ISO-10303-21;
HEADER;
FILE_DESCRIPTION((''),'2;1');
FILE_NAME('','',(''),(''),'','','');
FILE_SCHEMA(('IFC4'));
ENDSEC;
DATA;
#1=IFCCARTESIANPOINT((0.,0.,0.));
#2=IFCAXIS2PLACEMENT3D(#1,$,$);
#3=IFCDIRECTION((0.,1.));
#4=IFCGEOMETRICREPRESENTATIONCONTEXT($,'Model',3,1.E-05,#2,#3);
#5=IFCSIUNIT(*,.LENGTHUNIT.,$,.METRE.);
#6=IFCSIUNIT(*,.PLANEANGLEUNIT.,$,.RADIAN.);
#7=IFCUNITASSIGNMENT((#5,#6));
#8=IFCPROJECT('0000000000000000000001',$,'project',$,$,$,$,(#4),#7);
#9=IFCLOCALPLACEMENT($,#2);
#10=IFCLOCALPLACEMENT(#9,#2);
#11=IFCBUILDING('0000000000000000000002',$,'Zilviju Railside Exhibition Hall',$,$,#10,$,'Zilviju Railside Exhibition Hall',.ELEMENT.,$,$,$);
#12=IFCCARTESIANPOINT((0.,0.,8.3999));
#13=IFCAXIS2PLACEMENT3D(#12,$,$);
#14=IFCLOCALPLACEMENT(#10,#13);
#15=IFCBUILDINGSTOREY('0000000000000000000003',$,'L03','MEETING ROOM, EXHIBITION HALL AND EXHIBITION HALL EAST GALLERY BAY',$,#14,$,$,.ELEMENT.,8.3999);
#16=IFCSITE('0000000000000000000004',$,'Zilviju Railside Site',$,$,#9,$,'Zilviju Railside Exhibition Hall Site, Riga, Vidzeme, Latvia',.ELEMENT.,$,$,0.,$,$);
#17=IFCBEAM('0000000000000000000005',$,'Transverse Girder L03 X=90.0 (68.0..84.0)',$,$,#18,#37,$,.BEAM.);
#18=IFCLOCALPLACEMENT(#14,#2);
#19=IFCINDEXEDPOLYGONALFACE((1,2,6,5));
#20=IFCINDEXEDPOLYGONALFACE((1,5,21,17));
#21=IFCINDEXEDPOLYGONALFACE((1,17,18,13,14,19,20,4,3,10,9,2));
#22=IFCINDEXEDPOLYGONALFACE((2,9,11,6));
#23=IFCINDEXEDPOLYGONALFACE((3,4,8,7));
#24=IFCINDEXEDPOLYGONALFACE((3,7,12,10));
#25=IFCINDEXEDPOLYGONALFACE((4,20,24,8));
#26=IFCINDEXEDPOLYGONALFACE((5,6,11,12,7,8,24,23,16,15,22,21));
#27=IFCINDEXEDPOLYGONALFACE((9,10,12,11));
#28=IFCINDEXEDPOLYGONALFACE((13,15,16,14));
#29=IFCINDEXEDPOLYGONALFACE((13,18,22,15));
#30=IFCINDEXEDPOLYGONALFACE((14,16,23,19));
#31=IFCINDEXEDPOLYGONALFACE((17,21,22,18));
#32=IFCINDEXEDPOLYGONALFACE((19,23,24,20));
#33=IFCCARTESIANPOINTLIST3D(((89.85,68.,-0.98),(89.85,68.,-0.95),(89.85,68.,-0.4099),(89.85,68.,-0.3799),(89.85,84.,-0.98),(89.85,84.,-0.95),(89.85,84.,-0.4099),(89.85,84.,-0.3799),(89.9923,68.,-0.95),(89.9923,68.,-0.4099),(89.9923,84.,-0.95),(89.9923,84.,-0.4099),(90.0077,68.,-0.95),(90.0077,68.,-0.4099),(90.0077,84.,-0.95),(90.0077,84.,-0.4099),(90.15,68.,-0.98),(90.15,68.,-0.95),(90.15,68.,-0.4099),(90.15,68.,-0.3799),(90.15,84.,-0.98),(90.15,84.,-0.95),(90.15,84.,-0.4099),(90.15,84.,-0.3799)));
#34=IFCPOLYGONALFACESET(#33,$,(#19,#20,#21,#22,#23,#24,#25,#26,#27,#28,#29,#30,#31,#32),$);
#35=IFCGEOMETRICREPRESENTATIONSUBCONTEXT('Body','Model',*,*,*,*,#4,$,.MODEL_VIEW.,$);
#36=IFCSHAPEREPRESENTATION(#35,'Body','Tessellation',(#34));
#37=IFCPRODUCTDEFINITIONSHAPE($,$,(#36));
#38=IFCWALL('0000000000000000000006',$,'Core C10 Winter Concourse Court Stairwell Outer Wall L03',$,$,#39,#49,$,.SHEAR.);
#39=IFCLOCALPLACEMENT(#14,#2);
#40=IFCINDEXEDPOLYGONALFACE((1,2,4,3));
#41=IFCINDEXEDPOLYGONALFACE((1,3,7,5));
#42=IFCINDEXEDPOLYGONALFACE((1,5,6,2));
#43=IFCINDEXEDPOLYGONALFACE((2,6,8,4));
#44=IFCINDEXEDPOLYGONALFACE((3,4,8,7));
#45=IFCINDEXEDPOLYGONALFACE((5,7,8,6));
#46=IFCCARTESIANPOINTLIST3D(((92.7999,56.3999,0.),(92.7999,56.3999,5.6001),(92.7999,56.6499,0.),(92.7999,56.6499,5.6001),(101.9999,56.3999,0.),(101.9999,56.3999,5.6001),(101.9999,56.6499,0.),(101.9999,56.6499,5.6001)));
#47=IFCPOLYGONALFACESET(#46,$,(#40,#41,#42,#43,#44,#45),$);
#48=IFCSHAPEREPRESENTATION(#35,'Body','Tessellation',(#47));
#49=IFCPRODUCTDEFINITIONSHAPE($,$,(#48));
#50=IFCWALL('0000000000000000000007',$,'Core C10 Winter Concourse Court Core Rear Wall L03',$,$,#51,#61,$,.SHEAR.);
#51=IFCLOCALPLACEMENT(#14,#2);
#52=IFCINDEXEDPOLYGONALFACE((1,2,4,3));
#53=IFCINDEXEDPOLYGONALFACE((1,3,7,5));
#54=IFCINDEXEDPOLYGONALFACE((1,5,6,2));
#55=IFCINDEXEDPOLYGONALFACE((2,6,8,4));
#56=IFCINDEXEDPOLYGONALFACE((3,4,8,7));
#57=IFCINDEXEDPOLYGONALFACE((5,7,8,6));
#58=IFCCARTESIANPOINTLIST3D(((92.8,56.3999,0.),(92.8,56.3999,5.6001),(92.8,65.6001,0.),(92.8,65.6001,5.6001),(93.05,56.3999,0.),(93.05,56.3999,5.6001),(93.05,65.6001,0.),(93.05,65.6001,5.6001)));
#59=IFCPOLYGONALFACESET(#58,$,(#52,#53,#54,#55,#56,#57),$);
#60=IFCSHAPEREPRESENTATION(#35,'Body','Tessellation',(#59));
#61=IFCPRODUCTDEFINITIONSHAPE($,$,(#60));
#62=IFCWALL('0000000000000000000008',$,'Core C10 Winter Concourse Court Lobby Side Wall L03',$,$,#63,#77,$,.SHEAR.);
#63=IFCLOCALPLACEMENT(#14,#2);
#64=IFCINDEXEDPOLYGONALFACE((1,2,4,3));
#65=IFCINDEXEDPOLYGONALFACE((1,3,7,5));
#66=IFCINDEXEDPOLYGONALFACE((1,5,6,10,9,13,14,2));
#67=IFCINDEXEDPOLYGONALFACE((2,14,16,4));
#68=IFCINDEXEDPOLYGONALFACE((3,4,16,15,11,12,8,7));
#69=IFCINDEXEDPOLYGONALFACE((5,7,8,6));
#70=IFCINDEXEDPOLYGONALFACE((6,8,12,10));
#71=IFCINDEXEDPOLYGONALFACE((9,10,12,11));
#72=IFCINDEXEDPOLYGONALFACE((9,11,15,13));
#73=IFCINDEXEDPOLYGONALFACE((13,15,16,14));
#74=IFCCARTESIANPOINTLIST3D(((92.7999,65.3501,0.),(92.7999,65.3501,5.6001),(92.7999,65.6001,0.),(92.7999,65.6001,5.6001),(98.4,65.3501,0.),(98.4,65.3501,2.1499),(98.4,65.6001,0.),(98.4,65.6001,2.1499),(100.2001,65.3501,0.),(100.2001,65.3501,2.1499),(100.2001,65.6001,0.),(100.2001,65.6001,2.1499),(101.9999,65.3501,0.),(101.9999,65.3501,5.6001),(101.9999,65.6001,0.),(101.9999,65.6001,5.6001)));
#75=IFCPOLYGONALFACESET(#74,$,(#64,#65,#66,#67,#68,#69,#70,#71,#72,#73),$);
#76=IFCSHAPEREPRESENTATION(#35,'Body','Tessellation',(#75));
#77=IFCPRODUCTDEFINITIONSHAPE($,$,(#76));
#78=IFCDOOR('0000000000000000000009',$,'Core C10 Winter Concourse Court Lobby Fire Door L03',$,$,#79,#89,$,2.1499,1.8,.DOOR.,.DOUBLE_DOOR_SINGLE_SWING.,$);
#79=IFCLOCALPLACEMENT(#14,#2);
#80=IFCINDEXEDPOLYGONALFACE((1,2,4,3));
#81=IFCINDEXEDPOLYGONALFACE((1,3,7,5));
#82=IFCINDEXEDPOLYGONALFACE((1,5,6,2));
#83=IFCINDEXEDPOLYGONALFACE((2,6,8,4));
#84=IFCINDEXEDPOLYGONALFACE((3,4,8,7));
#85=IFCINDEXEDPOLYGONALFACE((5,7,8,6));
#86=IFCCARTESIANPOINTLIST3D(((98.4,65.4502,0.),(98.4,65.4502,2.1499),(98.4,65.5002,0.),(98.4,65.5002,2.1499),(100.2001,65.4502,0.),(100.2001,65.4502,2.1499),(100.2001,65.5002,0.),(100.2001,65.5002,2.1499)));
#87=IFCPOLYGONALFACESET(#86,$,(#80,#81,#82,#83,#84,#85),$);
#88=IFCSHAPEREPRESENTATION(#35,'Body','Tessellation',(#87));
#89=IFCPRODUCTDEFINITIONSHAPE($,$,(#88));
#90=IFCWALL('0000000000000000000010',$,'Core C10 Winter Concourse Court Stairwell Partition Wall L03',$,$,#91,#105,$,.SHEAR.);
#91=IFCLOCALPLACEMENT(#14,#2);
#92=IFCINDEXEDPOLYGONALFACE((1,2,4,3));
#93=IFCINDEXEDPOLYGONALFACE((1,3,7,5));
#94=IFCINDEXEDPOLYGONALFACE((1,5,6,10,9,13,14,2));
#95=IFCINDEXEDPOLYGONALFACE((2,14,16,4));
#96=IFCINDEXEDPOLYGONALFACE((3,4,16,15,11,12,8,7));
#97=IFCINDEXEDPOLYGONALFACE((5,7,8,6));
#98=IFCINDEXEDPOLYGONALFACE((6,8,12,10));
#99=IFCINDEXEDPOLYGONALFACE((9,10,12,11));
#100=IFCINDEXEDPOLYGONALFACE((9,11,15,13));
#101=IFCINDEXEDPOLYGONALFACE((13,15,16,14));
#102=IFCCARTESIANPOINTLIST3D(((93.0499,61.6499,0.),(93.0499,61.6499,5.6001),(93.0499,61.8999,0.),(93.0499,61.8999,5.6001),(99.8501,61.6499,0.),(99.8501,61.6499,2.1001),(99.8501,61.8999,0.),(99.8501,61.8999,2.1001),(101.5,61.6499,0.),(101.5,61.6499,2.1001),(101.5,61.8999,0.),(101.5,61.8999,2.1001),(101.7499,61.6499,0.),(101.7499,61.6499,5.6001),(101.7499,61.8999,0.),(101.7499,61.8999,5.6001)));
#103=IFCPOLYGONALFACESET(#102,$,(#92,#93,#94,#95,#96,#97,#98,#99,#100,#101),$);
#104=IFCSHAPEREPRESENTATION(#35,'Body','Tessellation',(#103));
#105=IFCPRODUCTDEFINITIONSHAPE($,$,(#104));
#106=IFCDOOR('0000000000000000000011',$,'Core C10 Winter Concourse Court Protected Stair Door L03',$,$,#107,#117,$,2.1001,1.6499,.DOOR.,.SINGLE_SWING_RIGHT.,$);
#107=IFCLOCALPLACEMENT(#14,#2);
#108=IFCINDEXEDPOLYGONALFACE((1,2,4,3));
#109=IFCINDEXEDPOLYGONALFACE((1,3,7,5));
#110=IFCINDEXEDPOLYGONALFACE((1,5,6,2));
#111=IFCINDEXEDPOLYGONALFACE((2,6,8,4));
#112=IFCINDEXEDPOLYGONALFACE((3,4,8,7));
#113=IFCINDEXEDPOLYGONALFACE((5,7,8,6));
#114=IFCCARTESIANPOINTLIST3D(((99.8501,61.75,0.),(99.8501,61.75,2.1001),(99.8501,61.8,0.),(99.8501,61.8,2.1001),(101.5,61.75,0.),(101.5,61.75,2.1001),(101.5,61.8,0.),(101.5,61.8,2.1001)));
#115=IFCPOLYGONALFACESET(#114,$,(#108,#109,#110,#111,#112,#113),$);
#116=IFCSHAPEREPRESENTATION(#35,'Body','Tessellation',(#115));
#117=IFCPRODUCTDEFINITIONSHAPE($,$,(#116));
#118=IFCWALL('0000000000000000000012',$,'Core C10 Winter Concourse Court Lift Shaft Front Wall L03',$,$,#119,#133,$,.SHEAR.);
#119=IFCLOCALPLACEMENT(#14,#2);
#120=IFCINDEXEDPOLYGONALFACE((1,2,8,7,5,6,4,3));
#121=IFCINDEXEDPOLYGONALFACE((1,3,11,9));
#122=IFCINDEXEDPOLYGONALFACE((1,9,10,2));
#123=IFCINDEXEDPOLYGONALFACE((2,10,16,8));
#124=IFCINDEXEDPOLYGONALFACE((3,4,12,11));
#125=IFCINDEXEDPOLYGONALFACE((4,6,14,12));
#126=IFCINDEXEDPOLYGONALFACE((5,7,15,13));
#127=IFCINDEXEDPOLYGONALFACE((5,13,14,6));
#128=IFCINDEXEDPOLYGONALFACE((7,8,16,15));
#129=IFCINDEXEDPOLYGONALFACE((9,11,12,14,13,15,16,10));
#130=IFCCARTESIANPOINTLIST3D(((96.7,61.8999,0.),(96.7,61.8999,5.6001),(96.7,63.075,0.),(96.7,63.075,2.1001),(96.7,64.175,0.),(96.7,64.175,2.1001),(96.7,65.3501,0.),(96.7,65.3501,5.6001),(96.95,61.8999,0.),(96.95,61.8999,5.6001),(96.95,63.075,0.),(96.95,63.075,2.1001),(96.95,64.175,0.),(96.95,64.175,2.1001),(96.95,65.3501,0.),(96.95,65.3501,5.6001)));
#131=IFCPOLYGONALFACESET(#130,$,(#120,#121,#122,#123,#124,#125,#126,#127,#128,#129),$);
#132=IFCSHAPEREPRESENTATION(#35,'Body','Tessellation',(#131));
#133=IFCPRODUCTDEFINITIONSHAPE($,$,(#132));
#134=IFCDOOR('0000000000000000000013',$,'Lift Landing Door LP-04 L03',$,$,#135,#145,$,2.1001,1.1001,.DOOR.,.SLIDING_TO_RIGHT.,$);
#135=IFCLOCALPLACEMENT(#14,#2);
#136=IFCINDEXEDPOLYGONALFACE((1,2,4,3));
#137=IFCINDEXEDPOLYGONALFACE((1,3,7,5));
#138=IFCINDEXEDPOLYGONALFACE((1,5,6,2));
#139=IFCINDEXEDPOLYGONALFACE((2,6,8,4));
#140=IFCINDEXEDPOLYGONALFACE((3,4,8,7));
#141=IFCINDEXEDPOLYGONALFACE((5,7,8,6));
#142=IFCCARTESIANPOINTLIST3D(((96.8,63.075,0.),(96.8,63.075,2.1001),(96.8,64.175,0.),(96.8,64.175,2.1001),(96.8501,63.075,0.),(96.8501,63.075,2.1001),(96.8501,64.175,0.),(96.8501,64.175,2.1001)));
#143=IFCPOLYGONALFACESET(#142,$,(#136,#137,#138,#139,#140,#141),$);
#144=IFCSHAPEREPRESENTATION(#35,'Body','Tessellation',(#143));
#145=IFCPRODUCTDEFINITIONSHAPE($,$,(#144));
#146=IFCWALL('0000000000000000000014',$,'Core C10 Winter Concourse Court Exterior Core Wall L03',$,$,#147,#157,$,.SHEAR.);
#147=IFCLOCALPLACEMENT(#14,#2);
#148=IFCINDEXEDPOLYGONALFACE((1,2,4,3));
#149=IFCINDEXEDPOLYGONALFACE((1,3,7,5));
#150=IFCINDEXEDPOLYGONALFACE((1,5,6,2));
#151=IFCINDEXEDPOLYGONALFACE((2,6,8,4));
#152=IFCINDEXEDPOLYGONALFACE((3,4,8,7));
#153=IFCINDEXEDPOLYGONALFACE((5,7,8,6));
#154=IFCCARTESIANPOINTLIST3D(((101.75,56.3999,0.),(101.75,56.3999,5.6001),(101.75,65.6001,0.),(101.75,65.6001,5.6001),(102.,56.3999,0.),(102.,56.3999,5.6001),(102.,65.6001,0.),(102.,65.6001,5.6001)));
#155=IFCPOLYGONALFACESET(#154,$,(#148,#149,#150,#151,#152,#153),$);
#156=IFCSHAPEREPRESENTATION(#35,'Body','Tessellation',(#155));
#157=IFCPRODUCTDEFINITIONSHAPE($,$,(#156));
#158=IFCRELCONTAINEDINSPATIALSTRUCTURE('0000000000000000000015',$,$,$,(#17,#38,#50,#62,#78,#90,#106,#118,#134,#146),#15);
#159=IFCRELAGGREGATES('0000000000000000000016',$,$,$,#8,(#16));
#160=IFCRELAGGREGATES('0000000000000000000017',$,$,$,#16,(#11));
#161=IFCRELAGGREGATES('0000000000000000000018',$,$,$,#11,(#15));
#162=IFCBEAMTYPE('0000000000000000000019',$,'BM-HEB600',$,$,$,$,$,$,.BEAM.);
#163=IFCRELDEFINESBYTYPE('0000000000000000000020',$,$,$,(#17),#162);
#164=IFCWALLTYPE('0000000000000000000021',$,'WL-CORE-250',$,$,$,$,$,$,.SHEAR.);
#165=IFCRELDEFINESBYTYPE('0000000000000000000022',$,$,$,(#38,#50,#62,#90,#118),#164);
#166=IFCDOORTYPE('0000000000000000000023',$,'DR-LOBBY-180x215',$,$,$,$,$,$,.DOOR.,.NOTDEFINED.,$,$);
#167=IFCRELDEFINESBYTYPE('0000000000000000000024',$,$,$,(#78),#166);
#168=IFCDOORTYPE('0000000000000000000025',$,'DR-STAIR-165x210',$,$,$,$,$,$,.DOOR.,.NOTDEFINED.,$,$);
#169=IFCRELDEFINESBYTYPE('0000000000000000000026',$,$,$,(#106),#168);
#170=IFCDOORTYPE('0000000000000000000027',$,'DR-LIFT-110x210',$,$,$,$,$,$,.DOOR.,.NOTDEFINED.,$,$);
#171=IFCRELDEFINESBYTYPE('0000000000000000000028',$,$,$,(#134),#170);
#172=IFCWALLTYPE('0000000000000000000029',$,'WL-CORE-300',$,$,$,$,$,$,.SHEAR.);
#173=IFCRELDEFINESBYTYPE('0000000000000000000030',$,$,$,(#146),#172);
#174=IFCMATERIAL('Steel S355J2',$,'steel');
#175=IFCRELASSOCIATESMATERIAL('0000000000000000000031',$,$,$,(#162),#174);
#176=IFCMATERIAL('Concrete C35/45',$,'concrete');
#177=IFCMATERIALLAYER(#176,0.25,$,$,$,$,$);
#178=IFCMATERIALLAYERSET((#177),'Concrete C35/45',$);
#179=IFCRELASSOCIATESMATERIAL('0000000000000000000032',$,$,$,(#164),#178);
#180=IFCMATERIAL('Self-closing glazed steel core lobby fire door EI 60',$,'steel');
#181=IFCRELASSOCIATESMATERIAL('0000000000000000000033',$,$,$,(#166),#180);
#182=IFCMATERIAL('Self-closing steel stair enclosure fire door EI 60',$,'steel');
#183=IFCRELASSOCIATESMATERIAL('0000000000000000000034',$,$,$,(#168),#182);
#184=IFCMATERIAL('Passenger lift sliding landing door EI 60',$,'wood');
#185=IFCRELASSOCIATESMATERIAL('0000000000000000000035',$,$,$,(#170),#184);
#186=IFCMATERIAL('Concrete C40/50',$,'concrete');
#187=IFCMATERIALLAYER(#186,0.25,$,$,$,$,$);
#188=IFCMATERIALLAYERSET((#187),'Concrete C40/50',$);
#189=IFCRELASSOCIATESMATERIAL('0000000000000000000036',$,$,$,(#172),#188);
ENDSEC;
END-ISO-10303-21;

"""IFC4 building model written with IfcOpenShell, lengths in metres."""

from ifc_helpers import new_model, si_unit, direction, frame, frame_2d, origin, origin_2d, place, context, subcontext, project, spatial, rectangle, i_section, extrude, material, layer, layer_set, material_profile, profile_set, type_object, element, fill, save


model = new_model("IFC4")

# Units and contexts
model_context = context("Model", 3, precision=1e-05, world=origin(), true_north=direction((0.0, 1.0)))
body_context = subcontext(model_context, "Body", "Model", "MODEL_VIEW")
ifc_project = project(units=[si_unit("LENGTHUNIT", "METRE"), si_unit("PLANEANGLEUNIT", "RADIAN")], contexts=[model_context])

# Site, building, storey
site_placement = place(None, origin())
site = spatial("IfcSite", under=ifc_project, at=site_placement, Name="Zilviju Railside Site", LongName="Zilviju Railside Exhibition Hall Site, Riga, Vidzeme, Latvia", CompositionType="ELEMENT", RefElevation=0.0)
building_placement = place(site_placement, origin())
building = spatial("IfcBuilding", under=site, at=building_placement, Name="Zilviju Railside Exhibition Hall", LongName="Zilviju Railside Exhibition Hall", CompositionType="ELEMENT")
storey_placement = place(building_placement, frame((0.0, 0.0, 8.3999)))
storey = spatial("IfcBuildingStorey", under=building, at=storey_placement, Name="L03", Description="MEETING ROOM, EXHIBITION HALL AND EXHIBITION HALL EAST GALLERY BAY", CompositionType="ELEMENT", Elevation=8.3999)

# Shared definitions
ifc_material_1 = material(Name="Steel S355J2", Category="steel")

# Beam
ifc_material_profile_1 = material_profile(ifc_material_1, i_section(OverallWidth=0.3, OverallDepth=0.6001, WebThickness=0.0154, FlangeThickness=0.03, at=origin_2d()), Name="HEB 600")
ifc_profile_set_1 = profile_set([ifc_material_profile_1], Name="Steel S355J2")
beam_type_1 = type_object("IfcBeamType", Name="BM-HEB600", PredefinedType="BEAM", material=ifc_profile_set_1)
beam_1_placement = place(storey_placement, frame((90.0, 68.0, -0.6799), z_axis=(0.0, 1.0, 0.0), x_axis=(-1.0, 0.0, 0.0)))
element("IfcBeam", 1, at=beam_1_placement, inside=storey, type_object=beam_type_1, Name="Transverse Girder L03 X=90.0 (68.0..84.0)", PredefinedType="BEAM", context=body_context, shape_type="SweptSolid", body=[
    extrude(i_section(OverallWidth=0.3, OverallDepth=0.6001, WebThickness=0.0154, FlangeThickness=0.03, at=origin_2d()), origin(), (0.0, 0.0, 1.0), 16.0),
])

# Walls
ifc_material_2 = material(Name="Concrete C35/45", Category="concrete")
ifc_layer_1 = layer(ifc_material_2, 0.25)
ifc_layer_set_1 = layer_set([ifc_layer_1], Name="Concrete C35/45")
wall_type_1 = type_object("IfcWallType", Name="WL-CORE-250", PredefinedType="SHEAR", material=ifc_layer_set_1)
wall_1_placement = place(storey_placement, frame((102.0, 56.5249, 0.0), z_axis=(0.0, 0.0, 1.0), x_axis=(-1.0, 0.0, 0.0)))
element("IfcWall", 2, at=wall_1_placement, inside=storey, type_object=wall_type_1, Name="Core C10 Winter Concourse Court Stairwell Outer Wall L03", PredefinedType="SHEAR", context=body_context, shape_type="SweptSolid", body=[
    extrude(rectangle(XDim=9.2, YDim=0.25, at=frame_2d((4.6001, 0.0))), origin(), (0.0, 0.0, 1.0), 5.6001),
])
wall_2_placement = place(storey_placement, frame((92.925, 56.3999, 0.0), z_axis=(0.0, 0.0, 1.0), x_axis=(0.0, 1.0, 0.0)))
element("IfcWall", 3, at=wall_2_placement, inside=storey, type_object=wall_type_1, Name="Core C10 Winter Concourse Court Core Rear Wall L03", PredefinedType="SHEAR", context=body_context, shape_type="SweptSolid", body=[
    extrude(rectangle(XDim=9.2002, YDim=0.25, at=frame_2d((4.6001, 0.0))), origin(), (0.0, 0.0, 1.0), 5.6001),
])

# Walls, openings, doors
wall_3_placement = place(storey_placement, frame((102.0, 65.4751, 0.0), z_axis=(0.0, 0.0, 1.0), x_axis=(-1.0, 0.0, 0.0)))
wall_3 = element("IfcWall", 4, at=wall_3_placement, inside=storey, type_object=wall_type_1, Name="Core C10 Winter Concourse Court Lobby Side Wall L03", PredefinedType="SHEAR", context=body_context, shape_type="SweptSolid", body=[
    extrude(rectangle(XDim=9.2, YDim=0.25, at=frame_2d((4.6001, 0.0))), origin(), (0.0, 0.0, 1.0), 5.6001),
])
opening_1_placement = place(wall_3_placement, frame((1.8, 0.0, 0.0)))
opening_1 = element("IfcOpeningElement", 5, at=opening_1_placement, cuts=wall_3, PredefinedType="OPENING", context=body_context, shape_type="SweptSolid", body=[
    extrude(rectangle(XDim=1.8, YDim=2.1499, at=frame_2d((0.8999, 1.075))), frame((0.0, 0.135, 0.0), z_axis=(0.0, -1.0, 0.0), x_axis=(1.0, 0.0, 0.0)), (0.0, 0.0, 1.0), 0.27),
])
ifc_material_3 = material(Name="Self-closing glazed steel core lobby fire door EI 60", Category="steel")
door_type_1 = type_object("IfcDoorType", Name="DR-LOBBY-180x215", OperationType="NOTDEFINED", PredefinedType="DOOR", material=ifc_material_3)
door_1_placement = place(opening_1_placement, origin())
door_1 = element("IfcDoor", 6, at=door_1_placement, inside=storey, type_object=door_type_1, Name="Core C10 Winter Concourse Court Lobby Fire Door L03", OperationType="DOUBLE_DOOR_SINGLE_SWING", OverallHeight=2.1499, OverallWidth=1.8, PredefinedType="DOOR", context=body_context, shape_type="SweptSolid", body=[
    extrude(rectangle(XDim=1.8, YDim=2.1499, at=frame_2d((0.8999, 1.075))), frame((0.0, 0.0249, 0.0), z_axis=(0.0, -1.0, 0.0), x_axis=(1.0, 0.0, 0.0)), (0.0, 0.0, 1.0), 0.05),
])
fill(opening_1, door_1)
wall_4_placement = place(storey_placement, frame((101.75, 61.7749, 0.0), z_axis=(0.0, 0.0, 1.0), x_axis=(-1.0, 0.0, 0.0)))
wall_4 = element("IfcWall", 7, at=wall_4_placement, inside=storey, type_object=wall_type_1, Name="Core C10 Winter Concourse Court Stairwell Partition Wall L03", PredefinedType="SHEAR", context=body_context, shape_type="SweptSolid", body=[
    extrude(rectangle(XDim=8.7, YDim=0.25, at=frame_2d((4.3501, 0.0))), origin(), (0.0, 0.0, 1.0), 5.6001),
])
opening_2_placement = place(wall_4_placement, frame((0.25, 0.0, 0.0)))
opening_2 = element("IfcOpeningElement", 8, at=opening_2_placement, cuts=wall_4, PredefinedType="OPENING", context=body_context, shape_type="SweptSolid", body=[
    extrude(rectangle(XDim=1.6499, YDim=2.1001, at=frame_2d((0.825, 1.05))), frame((0.0, 0.135, 0.0), z_axis=(0.0, -1.0, 0.0), x_axis=(1.0, 0.0, 0.0)), (0.0, 0.0, 1.0), 0.27),
])
ifc_material_4 = material(Name="Self-closing steel stair enclosure fire door EI 60", Category="steel")
door_type_2 = type_object("IfcDoorType", Name="DR-STAIR-165x210", OperationType="NOTDEFINED", PredefinedType="DOOR", material=ifc_material_4)
door_2_placement = place(opening_2_placement, origin())
door_2 = element("IfcDoor", 9, at=door_2_placement, inside=storey, type_object=door_type_2, Name="Core C10 Winter Concourse Court Protected Stair Door L03", OperationType="SINGLE_SWING_RIGHT", OverallHeight=2.1001, OverallWidth=1.6499, PredefinedType="DOOR", context=body_context, shape_type="SweptSolid", body=[
    extrude(rectangle(XDim=1.6499, YDim=2.1001, at=frame_2d((0.825, 1.05))), frame((0.0, 0.0249, 0.0), z_axis=(0.0, -1.0, 0.0), x_axis=(1.0, 0.0, 0.0)), (0.0, 0.0, 1.0), 0.05),
])
fill(opening_2, door_2)
wall_5_placement = place(storey_placement, frame((96.825, 61.8999, 0.0), z_axis=(0.0, 0.0, 1.0), x_axis=(0.0, 1.0, 0.0)))
wall_5 = element("IfcWall", 10, at=wall_5_placement, inside=storey, type_object=wall_type_1, Name="Core C10 Winter Concourse Court Lift Shaft Front Wall L03", PredefinedType="SHEAR", context=body_context, shape_type="SweptSolid", body=[
    extrude(rectangle(XDim=3.4502, YDim=0.25, at=frame_2d((1.7251, 0.0))), origin(), (0.0, 0.0, 1.0), 5.6001),
])
opening_3_placement = place(wall_5_placement, frame((1.175, 0.0, 0.0)))
opening_3 = element("IfcOpeningElement", 11, at=opening_3_placement, cuts=wall_5, PredefinedType="OPENING", context=body_context, shape_type="SweptSolid", body=[
    extrude(rectangle(XDim=1.1001, YDim=2.1001, at=frame_2d((0.55, 1.05))), frame((0.0, 0.135, 0.0), z_axis=(0.0, -1.0, 0.0), x_axis=(1.0, 0.0, 0.0)), (0.0, 0.0, 1.0), 0.27),
])
ifc_material_5 = material(Name="Passenger lift sliding landing door EI 60", Category="wood")
door_type_3 = type_object("IfcDoorType", Name="DR-LIFT-110x210", OperationType="NOTDEFINED", PredefinedType="DOOR", material=ifc_material_5)
door_3_placement = place(opening_3_placement, origin())
door_3 = element("IfcDoor", 12, at=door_3_placement, inside=storey, type_object=door_type_3, Name="Lift Landing Door LP-04 L03", OperationType="SLIDING_TO_RIGHT", OverallHeight=2.1001, OverallWidth=1.1001, PredefinedType="DOOR", context=body_context, shape_type="SweptSolid", body=[
    extrude(rectangle(XDim=1.1001, YDim=2.1001, at=frame_2d((0.55, 1.05))), frame((0.0, 0.0249, 0.0), z_axis=(0.0, -1.0, 0.0), x_axis=(1.0, 0.0, 0.0)), (0.0, 0.0, 1.0), 0.05),
])
fill(opening_3, door_3)

# Wall
ifc_material_6 = material(Name="Concrete C40/50", Category="concrete")
ifc_layer_2 = layer(ifc_material_6, 0.25)
ifc_layer_set_2 = layer_set([ifc_layer_2], Name="Concrete C40/50")
wall_type_2 = type_object("IfcWallType", Name="WL-CORE-300", PredefinedType="SHEAR", material=ifc_layer_set_2)
wall_6_placement = place(storey_placement, frame((101.875, 65.6001, 0.0), z_axis=(0.0, 0.0, 1.0), x_axis=(0.0, -1.0, 0.0)))
element("IfcWall", 13, at=wall_6_placement, inside=storey, type_object=wall_type_2, Name="Core C10 Winter Concourse Court Exterior Core Wall L03", PredefinedType="SHEAR", context=body_context, shape_type="SweptSolid", body=[
    extrude(rectangle(XDim=9.2002, YDim=0.25, at=frame_2d((4.6001, 0.0))), origin(), (0.0, 0.0, 1.0), 5.6001),
])

save(model, "model.ifc")
